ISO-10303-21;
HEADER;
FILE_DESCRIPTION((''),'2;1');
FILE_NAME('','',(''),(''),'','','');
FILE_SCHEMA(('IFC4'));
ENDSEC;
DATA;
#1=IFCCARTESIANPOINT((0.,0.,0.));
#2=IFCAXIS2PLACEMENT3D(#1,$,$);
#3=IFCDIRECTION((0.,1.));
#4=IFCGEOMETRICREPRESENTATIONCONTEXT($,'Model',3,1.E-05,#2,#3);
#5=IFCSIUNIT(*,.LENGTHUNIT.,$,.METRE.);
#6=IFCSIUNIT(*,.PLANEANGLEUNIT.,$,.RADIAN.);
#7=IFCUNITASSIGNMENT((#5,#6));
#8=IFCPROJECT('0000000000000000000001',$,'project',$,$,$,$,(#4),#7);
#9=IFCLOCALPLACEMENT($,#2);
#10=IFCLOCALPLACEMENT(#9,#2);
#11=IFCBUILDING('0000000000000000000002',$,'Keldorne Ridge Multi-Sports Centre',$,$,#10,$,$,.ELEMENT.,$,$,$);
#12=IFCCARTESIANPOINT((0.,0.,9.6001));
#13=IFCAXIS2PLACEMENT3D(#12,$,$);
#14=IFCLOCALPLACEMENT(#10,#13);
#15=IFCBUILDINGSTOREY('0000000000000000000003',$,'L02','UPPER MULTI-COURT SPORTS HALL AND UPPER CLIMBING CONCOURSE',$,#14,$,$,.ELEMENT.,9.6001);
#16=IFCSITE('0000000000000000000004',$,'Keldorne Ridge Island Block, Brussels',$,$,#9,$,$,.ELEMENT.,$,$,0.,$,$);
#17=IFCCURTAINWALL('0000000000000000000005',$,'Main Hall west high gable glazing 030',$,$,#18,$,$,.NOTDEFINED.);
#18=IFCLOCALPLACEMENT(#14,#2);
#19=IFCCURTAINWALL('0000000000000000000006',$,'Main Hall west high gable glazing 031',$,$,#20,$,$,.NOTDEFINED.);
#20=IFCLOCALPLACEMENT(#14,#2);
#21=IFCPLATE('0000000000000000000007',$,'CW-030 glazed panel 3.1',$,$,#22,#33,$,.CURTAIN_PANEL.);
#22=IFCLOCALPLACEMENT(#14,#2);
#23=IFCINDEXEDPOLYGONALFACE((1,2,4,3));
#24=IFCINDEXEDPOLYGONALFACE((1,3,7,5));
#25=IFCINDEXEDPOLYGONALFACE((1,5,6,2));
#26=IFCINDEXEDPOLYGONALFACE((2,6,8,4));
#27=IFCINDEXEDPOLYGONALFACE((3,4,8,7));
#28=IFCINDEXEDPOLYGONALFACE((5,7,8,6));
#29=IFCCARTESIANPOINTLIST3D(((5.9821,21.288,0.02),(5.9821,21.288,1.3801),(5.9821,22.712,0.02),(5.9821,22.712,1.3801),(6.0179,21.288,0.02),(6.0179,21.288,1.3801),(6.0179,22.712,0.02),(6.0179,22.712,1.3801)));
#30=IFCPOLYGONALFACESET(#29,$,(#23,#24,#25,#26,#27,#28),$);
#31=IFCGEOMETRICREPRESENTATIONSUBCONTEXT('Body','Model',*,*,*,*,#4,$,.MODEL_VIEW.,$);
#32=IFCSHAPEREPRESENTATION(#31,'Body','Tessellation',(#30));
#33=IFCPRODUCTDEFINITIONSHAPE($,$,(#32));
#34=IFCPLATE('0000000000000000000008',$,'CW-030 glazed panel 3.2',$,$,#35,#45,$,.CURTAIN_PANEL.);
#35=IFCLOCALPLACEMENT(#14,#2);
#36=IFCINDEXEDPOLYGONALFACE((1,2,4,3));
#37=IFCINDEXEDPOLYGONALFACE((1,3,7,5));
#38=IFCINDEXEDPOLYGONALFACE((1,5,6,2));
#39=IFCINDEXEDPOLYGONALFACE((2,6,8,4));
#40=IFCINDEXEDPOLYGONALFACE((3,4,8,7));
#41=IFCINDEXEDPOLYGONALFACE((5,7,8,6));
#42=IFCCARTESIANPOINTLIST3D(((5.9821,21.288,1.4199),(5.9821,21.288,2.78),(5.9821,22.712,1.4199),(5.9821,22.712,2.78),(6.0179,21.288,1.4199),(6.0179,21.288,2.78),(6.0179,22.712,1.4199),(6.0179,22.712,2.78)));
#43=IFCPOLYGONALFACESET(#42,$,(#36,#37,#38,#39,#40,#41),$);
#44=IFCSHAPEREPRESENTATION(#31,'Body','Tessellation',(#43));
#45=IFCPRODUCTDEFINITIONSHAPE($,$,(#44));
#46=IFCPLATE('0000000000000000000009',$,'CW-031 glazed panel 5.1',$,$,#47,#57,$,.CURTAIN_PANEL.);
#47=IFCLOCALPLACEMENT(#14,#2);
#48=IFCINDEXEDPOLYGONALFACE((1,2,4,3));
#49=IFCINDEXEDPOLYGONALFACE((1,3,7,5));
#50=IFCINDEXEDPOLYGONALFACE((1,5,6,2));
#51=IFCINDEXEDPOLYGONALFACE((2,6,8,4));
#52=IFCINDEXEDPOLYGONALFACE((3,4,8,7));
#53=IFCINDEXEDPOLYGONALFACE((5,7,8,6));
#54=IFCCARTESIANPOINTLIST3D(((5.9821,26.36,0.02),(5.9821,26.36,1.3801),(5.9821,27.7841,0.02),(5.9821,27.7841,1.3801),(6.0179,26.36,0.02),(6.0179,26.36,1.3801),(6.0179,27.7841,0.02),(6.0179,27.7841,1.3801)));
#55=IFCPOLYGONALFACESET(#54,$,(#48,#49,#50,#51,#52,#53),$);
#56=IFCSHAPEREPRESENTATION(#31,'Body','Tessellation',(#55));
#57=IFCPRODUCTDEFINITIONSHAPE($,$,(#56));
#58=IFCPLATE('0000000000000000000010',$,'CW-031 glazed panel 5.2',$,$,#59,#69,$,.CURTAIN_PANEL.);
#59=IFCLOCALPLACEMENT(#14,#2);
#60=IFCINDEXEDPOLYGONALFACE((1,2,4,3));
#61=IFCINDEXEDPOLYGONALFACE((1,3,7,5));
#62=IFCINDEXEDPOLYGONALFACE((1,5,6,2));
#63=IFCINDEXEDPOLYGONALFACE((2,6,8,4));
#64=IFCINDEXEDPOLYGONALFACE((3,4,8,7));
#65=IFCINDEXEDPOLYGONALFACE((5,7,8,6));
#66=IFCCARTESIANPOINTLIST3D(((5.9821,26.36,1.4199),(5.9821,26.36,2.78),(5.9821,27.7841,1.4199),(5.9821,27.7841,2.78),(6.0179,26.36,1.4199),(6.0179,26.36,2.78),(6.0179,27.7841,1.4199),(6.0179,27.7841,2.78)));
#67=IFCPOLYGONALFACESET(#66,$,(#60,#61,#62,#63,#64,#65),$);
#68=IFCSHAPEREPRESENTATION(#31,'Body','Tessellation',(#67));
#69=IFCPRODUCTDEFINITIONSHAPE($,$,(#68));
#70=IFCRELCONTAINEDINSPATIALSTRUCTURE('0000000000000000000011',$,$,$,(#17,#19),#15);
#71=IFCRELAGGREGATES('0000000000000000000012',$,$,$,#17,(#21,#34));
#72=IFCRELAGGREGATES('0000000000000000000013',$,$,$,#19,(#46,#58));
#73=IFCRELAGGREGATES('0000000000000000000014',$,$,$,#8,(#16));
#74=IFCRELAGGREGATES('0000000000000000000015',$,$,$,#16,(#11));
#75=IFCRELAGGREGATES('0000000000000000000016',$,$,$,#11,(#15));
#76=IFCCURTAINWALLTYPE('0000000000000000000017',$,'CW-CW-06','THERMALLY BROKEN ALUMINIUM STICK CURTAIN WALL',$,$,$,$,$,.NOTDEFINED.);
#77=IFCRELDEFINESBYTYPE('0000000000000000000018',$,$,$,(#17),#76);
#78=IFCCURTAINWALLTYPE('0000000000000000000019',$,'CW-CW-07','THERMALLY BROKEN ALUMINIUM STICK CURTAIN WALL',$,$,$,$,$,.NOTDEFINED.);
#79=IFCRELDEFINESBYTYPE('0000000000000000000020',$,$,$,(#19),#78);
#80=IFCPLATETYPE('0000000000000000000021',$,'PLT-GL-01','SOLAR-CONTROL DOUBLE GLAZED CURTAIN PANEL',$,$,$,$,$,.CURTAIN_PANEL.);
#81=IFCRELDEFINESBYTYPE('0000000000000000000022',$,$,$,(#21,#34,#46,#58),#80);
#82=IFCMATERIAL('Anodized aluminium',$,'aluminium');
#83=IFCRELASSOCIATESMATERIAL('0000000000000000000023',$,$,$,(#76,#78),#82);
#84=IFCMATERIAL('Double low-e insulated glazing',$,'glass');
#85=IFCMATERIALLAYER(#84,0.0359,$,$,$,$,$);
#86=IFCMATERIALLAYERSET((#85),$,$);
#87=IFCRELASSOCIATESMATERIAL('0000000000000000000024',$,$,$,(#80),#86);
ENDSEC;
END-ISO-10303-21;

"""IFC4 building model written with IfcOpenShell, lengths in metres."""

from ifc_helpers import new_model, si_unit, direction, frame, origin, origin_2d, place, context, subcontext, project, spatial, rectangle, extrude, material, layer, layer_set, type_object, element, aggregate, save


model = new_model("IFC4")

# Units and contexts
model_context = context("Model", 3, precision=1e-05, world=origin(), true_north=direction((0.0, 1.0)))
body_context = subcontext(model_context, "Body", "Model", "MODEL_VIEW")
ifc_project = project(units=[si_unit("LENGTHUNIT", "METRE"), si_unit("PLANEANGLEUNIT", "RADIAN")], contexts=[model_context])

# Site, building, storey
site_placement = place(None, origin())
site = spatial("IfcSite", under=ifc_project, at=site_placement, Name="Keldorne Ridge Island Block, Brussels", CompositionType="ELEMENT", RefElevation=0.0)
building_placement = place(site_placement, origin())
building = spatial("IfcBuilding", under=site, at=building_placement, Name="Keldorne Ridge Multi-Sports Centre", CompositionType="ELEMENT")
storey_placement = place(building_placement, frame((0.0, 0.0, 9.6001)))
storey = spatial("IfcBuildingStorey", under=building, at=storey_placement, Name="L02", Description="UPPER MULTI-COURT SPORTS HALL AND UPPER CLIMBING CONCOURSE", CompositionType="ELEMENT", Elevation=9.6001)

# Curtain wall
ifc_material_1 = material(Name="Anodized aluminium", Category="aluminium")
curtain_wall_type_1 = type_object("IfcCurtainWallType", Name="CW-CW-06", Description="THERMALLY BROKEN ALUMINIUM STICK CURTAIN WALL", PredefinedType="NOTDEFINED", material=ifc_material_1)
curtain_wall_1_placement = place(storey_placement, origin())
curtain_wall_1 = element("IfcCurtainWall", 1, at=curtain_wall_1_placement, inside=storey, type_object=curtain_wall_type_1, Name="Main Hall west high gable glazing 030", PredefinedType="NOTDEFINED")

# Curtain wall
curtain_wall_type_2 = type_object("IfcCurtainWallType", Name="CW-CW-07", Description="THERMALLY BROKEN ALUMINIUM STICK CURTAIN WALL", PredefinedType="NOTDEFINED", material=ifc_material_1)
curtain_wall_2_placement = place(storey_placement, origin())
curtain_wall_2 = element("IfcCurtainWall", 2, at=curtain_wall_2_placement, inside=storey, type_object=curtain_wall_type_2, Name="Main Hall west high gable glazing 031", PredefinedType="NOTDEFINED")

# Plates
ifc_material_2 = material(Name="Double low-e insulated glazing", Category="glass")
ifc_layer = layer(ifc_material_2, 0.0359)
ifc_layer_set = layer_set([ifc_layer])
plate_type = type_object("IfcPlateType", Name="PLT-GL-01", Description="SOLAR-CONTROL DOUBLE GLAZED CURTAIN PANEL", PredefinedType="CURTAIN_PANEL", material=ifc_layer_set)
plate_1_placement = place(storey_placement, frame((6.0, 22.0, 0.02), z_axis=(0.0, 0.0, 1.0), x_axis=(0.0, -1.0, 0.0)))
plate_1 = element("IfcPlate", 3, at=plate_1_placement, type_object=plate_type, Name="CW-030 glazed panel 3.1", PredefinedType="CURTAIN_PANEL", context=body_context, shape_type="SweptSolid", body=[
    extrude(rectangle(XDim=1.4241, YDim=0.0359, at=origin_2d()), origin(), (0.0, 0.0, 1.0), 1.3601),
])
plate_2_placement = place(storey_placement, frame((6.0, 22.0, 1.4199), z_axis=(0.0, 0.0, 1.0), x_axis=(0.0, -1.0, 0.0)))
plate_2 = element("IfcPlate", 4, at=plate_2_placement, type_object=plate_type, Name="CW-030 glazed panel 3.2", PredefinedType="CURTAIN_PANEL", context=body_context, shape_type="SweptSolid", body=[
    extrude(rectangle(XDim=1.4241, YDim=0.0359, at=origin_2d()), origin(), (0.0, 0.0, 1.0), 1.3601),
])
aggregate(curtain_wall_1, [plate_1, plate_2])
plate_3_placement = place(storey_placement, frame((6.0, 27.072, 0.02), z_axis=(0.0, 0.0, 1.0), x_axis=(0.0, -1.0, 0.0)))
plate_3 = element("IfcPlate", 5, at=plate_3_placement, type_object=plate_type, Name="CW-031 glazed panel 5.1", PredefinedType="CURTAIN_PANEL", context=body_context, shape_type="SweptSolid", body=[
    extrude(rectangle(XDim=1.4241, YDim=0.0359, at=origin_2d()), origin(), (0.0, 0.0, 1.0), 1.3601),
])
plate_4_placement = place(storey_placement, frame((6.0, 27.072, 1.4199), z_axis=(0.0, 0.0, 1.0), x_axis=(0.0, -1.0, 0.0)))
plate_4 = element("IfcPlate", 6, at=plate_4_placement, type_object=plate_type, Name="CW-031 glazed panel 5.2", PredefinedType="CURTAIN_PANEL", context=body_context, shape_type="SweptSolid", body=[
    extrude(rectangle(XDim=1.4241, YDim=0.0359, at=origin_2d()), origin(), (0.0, 0.0, 1.0), 1.3601),
])
aggregate(curtain_wall_2, [plate_3, plate_4])

save(model, "model.ifc")
